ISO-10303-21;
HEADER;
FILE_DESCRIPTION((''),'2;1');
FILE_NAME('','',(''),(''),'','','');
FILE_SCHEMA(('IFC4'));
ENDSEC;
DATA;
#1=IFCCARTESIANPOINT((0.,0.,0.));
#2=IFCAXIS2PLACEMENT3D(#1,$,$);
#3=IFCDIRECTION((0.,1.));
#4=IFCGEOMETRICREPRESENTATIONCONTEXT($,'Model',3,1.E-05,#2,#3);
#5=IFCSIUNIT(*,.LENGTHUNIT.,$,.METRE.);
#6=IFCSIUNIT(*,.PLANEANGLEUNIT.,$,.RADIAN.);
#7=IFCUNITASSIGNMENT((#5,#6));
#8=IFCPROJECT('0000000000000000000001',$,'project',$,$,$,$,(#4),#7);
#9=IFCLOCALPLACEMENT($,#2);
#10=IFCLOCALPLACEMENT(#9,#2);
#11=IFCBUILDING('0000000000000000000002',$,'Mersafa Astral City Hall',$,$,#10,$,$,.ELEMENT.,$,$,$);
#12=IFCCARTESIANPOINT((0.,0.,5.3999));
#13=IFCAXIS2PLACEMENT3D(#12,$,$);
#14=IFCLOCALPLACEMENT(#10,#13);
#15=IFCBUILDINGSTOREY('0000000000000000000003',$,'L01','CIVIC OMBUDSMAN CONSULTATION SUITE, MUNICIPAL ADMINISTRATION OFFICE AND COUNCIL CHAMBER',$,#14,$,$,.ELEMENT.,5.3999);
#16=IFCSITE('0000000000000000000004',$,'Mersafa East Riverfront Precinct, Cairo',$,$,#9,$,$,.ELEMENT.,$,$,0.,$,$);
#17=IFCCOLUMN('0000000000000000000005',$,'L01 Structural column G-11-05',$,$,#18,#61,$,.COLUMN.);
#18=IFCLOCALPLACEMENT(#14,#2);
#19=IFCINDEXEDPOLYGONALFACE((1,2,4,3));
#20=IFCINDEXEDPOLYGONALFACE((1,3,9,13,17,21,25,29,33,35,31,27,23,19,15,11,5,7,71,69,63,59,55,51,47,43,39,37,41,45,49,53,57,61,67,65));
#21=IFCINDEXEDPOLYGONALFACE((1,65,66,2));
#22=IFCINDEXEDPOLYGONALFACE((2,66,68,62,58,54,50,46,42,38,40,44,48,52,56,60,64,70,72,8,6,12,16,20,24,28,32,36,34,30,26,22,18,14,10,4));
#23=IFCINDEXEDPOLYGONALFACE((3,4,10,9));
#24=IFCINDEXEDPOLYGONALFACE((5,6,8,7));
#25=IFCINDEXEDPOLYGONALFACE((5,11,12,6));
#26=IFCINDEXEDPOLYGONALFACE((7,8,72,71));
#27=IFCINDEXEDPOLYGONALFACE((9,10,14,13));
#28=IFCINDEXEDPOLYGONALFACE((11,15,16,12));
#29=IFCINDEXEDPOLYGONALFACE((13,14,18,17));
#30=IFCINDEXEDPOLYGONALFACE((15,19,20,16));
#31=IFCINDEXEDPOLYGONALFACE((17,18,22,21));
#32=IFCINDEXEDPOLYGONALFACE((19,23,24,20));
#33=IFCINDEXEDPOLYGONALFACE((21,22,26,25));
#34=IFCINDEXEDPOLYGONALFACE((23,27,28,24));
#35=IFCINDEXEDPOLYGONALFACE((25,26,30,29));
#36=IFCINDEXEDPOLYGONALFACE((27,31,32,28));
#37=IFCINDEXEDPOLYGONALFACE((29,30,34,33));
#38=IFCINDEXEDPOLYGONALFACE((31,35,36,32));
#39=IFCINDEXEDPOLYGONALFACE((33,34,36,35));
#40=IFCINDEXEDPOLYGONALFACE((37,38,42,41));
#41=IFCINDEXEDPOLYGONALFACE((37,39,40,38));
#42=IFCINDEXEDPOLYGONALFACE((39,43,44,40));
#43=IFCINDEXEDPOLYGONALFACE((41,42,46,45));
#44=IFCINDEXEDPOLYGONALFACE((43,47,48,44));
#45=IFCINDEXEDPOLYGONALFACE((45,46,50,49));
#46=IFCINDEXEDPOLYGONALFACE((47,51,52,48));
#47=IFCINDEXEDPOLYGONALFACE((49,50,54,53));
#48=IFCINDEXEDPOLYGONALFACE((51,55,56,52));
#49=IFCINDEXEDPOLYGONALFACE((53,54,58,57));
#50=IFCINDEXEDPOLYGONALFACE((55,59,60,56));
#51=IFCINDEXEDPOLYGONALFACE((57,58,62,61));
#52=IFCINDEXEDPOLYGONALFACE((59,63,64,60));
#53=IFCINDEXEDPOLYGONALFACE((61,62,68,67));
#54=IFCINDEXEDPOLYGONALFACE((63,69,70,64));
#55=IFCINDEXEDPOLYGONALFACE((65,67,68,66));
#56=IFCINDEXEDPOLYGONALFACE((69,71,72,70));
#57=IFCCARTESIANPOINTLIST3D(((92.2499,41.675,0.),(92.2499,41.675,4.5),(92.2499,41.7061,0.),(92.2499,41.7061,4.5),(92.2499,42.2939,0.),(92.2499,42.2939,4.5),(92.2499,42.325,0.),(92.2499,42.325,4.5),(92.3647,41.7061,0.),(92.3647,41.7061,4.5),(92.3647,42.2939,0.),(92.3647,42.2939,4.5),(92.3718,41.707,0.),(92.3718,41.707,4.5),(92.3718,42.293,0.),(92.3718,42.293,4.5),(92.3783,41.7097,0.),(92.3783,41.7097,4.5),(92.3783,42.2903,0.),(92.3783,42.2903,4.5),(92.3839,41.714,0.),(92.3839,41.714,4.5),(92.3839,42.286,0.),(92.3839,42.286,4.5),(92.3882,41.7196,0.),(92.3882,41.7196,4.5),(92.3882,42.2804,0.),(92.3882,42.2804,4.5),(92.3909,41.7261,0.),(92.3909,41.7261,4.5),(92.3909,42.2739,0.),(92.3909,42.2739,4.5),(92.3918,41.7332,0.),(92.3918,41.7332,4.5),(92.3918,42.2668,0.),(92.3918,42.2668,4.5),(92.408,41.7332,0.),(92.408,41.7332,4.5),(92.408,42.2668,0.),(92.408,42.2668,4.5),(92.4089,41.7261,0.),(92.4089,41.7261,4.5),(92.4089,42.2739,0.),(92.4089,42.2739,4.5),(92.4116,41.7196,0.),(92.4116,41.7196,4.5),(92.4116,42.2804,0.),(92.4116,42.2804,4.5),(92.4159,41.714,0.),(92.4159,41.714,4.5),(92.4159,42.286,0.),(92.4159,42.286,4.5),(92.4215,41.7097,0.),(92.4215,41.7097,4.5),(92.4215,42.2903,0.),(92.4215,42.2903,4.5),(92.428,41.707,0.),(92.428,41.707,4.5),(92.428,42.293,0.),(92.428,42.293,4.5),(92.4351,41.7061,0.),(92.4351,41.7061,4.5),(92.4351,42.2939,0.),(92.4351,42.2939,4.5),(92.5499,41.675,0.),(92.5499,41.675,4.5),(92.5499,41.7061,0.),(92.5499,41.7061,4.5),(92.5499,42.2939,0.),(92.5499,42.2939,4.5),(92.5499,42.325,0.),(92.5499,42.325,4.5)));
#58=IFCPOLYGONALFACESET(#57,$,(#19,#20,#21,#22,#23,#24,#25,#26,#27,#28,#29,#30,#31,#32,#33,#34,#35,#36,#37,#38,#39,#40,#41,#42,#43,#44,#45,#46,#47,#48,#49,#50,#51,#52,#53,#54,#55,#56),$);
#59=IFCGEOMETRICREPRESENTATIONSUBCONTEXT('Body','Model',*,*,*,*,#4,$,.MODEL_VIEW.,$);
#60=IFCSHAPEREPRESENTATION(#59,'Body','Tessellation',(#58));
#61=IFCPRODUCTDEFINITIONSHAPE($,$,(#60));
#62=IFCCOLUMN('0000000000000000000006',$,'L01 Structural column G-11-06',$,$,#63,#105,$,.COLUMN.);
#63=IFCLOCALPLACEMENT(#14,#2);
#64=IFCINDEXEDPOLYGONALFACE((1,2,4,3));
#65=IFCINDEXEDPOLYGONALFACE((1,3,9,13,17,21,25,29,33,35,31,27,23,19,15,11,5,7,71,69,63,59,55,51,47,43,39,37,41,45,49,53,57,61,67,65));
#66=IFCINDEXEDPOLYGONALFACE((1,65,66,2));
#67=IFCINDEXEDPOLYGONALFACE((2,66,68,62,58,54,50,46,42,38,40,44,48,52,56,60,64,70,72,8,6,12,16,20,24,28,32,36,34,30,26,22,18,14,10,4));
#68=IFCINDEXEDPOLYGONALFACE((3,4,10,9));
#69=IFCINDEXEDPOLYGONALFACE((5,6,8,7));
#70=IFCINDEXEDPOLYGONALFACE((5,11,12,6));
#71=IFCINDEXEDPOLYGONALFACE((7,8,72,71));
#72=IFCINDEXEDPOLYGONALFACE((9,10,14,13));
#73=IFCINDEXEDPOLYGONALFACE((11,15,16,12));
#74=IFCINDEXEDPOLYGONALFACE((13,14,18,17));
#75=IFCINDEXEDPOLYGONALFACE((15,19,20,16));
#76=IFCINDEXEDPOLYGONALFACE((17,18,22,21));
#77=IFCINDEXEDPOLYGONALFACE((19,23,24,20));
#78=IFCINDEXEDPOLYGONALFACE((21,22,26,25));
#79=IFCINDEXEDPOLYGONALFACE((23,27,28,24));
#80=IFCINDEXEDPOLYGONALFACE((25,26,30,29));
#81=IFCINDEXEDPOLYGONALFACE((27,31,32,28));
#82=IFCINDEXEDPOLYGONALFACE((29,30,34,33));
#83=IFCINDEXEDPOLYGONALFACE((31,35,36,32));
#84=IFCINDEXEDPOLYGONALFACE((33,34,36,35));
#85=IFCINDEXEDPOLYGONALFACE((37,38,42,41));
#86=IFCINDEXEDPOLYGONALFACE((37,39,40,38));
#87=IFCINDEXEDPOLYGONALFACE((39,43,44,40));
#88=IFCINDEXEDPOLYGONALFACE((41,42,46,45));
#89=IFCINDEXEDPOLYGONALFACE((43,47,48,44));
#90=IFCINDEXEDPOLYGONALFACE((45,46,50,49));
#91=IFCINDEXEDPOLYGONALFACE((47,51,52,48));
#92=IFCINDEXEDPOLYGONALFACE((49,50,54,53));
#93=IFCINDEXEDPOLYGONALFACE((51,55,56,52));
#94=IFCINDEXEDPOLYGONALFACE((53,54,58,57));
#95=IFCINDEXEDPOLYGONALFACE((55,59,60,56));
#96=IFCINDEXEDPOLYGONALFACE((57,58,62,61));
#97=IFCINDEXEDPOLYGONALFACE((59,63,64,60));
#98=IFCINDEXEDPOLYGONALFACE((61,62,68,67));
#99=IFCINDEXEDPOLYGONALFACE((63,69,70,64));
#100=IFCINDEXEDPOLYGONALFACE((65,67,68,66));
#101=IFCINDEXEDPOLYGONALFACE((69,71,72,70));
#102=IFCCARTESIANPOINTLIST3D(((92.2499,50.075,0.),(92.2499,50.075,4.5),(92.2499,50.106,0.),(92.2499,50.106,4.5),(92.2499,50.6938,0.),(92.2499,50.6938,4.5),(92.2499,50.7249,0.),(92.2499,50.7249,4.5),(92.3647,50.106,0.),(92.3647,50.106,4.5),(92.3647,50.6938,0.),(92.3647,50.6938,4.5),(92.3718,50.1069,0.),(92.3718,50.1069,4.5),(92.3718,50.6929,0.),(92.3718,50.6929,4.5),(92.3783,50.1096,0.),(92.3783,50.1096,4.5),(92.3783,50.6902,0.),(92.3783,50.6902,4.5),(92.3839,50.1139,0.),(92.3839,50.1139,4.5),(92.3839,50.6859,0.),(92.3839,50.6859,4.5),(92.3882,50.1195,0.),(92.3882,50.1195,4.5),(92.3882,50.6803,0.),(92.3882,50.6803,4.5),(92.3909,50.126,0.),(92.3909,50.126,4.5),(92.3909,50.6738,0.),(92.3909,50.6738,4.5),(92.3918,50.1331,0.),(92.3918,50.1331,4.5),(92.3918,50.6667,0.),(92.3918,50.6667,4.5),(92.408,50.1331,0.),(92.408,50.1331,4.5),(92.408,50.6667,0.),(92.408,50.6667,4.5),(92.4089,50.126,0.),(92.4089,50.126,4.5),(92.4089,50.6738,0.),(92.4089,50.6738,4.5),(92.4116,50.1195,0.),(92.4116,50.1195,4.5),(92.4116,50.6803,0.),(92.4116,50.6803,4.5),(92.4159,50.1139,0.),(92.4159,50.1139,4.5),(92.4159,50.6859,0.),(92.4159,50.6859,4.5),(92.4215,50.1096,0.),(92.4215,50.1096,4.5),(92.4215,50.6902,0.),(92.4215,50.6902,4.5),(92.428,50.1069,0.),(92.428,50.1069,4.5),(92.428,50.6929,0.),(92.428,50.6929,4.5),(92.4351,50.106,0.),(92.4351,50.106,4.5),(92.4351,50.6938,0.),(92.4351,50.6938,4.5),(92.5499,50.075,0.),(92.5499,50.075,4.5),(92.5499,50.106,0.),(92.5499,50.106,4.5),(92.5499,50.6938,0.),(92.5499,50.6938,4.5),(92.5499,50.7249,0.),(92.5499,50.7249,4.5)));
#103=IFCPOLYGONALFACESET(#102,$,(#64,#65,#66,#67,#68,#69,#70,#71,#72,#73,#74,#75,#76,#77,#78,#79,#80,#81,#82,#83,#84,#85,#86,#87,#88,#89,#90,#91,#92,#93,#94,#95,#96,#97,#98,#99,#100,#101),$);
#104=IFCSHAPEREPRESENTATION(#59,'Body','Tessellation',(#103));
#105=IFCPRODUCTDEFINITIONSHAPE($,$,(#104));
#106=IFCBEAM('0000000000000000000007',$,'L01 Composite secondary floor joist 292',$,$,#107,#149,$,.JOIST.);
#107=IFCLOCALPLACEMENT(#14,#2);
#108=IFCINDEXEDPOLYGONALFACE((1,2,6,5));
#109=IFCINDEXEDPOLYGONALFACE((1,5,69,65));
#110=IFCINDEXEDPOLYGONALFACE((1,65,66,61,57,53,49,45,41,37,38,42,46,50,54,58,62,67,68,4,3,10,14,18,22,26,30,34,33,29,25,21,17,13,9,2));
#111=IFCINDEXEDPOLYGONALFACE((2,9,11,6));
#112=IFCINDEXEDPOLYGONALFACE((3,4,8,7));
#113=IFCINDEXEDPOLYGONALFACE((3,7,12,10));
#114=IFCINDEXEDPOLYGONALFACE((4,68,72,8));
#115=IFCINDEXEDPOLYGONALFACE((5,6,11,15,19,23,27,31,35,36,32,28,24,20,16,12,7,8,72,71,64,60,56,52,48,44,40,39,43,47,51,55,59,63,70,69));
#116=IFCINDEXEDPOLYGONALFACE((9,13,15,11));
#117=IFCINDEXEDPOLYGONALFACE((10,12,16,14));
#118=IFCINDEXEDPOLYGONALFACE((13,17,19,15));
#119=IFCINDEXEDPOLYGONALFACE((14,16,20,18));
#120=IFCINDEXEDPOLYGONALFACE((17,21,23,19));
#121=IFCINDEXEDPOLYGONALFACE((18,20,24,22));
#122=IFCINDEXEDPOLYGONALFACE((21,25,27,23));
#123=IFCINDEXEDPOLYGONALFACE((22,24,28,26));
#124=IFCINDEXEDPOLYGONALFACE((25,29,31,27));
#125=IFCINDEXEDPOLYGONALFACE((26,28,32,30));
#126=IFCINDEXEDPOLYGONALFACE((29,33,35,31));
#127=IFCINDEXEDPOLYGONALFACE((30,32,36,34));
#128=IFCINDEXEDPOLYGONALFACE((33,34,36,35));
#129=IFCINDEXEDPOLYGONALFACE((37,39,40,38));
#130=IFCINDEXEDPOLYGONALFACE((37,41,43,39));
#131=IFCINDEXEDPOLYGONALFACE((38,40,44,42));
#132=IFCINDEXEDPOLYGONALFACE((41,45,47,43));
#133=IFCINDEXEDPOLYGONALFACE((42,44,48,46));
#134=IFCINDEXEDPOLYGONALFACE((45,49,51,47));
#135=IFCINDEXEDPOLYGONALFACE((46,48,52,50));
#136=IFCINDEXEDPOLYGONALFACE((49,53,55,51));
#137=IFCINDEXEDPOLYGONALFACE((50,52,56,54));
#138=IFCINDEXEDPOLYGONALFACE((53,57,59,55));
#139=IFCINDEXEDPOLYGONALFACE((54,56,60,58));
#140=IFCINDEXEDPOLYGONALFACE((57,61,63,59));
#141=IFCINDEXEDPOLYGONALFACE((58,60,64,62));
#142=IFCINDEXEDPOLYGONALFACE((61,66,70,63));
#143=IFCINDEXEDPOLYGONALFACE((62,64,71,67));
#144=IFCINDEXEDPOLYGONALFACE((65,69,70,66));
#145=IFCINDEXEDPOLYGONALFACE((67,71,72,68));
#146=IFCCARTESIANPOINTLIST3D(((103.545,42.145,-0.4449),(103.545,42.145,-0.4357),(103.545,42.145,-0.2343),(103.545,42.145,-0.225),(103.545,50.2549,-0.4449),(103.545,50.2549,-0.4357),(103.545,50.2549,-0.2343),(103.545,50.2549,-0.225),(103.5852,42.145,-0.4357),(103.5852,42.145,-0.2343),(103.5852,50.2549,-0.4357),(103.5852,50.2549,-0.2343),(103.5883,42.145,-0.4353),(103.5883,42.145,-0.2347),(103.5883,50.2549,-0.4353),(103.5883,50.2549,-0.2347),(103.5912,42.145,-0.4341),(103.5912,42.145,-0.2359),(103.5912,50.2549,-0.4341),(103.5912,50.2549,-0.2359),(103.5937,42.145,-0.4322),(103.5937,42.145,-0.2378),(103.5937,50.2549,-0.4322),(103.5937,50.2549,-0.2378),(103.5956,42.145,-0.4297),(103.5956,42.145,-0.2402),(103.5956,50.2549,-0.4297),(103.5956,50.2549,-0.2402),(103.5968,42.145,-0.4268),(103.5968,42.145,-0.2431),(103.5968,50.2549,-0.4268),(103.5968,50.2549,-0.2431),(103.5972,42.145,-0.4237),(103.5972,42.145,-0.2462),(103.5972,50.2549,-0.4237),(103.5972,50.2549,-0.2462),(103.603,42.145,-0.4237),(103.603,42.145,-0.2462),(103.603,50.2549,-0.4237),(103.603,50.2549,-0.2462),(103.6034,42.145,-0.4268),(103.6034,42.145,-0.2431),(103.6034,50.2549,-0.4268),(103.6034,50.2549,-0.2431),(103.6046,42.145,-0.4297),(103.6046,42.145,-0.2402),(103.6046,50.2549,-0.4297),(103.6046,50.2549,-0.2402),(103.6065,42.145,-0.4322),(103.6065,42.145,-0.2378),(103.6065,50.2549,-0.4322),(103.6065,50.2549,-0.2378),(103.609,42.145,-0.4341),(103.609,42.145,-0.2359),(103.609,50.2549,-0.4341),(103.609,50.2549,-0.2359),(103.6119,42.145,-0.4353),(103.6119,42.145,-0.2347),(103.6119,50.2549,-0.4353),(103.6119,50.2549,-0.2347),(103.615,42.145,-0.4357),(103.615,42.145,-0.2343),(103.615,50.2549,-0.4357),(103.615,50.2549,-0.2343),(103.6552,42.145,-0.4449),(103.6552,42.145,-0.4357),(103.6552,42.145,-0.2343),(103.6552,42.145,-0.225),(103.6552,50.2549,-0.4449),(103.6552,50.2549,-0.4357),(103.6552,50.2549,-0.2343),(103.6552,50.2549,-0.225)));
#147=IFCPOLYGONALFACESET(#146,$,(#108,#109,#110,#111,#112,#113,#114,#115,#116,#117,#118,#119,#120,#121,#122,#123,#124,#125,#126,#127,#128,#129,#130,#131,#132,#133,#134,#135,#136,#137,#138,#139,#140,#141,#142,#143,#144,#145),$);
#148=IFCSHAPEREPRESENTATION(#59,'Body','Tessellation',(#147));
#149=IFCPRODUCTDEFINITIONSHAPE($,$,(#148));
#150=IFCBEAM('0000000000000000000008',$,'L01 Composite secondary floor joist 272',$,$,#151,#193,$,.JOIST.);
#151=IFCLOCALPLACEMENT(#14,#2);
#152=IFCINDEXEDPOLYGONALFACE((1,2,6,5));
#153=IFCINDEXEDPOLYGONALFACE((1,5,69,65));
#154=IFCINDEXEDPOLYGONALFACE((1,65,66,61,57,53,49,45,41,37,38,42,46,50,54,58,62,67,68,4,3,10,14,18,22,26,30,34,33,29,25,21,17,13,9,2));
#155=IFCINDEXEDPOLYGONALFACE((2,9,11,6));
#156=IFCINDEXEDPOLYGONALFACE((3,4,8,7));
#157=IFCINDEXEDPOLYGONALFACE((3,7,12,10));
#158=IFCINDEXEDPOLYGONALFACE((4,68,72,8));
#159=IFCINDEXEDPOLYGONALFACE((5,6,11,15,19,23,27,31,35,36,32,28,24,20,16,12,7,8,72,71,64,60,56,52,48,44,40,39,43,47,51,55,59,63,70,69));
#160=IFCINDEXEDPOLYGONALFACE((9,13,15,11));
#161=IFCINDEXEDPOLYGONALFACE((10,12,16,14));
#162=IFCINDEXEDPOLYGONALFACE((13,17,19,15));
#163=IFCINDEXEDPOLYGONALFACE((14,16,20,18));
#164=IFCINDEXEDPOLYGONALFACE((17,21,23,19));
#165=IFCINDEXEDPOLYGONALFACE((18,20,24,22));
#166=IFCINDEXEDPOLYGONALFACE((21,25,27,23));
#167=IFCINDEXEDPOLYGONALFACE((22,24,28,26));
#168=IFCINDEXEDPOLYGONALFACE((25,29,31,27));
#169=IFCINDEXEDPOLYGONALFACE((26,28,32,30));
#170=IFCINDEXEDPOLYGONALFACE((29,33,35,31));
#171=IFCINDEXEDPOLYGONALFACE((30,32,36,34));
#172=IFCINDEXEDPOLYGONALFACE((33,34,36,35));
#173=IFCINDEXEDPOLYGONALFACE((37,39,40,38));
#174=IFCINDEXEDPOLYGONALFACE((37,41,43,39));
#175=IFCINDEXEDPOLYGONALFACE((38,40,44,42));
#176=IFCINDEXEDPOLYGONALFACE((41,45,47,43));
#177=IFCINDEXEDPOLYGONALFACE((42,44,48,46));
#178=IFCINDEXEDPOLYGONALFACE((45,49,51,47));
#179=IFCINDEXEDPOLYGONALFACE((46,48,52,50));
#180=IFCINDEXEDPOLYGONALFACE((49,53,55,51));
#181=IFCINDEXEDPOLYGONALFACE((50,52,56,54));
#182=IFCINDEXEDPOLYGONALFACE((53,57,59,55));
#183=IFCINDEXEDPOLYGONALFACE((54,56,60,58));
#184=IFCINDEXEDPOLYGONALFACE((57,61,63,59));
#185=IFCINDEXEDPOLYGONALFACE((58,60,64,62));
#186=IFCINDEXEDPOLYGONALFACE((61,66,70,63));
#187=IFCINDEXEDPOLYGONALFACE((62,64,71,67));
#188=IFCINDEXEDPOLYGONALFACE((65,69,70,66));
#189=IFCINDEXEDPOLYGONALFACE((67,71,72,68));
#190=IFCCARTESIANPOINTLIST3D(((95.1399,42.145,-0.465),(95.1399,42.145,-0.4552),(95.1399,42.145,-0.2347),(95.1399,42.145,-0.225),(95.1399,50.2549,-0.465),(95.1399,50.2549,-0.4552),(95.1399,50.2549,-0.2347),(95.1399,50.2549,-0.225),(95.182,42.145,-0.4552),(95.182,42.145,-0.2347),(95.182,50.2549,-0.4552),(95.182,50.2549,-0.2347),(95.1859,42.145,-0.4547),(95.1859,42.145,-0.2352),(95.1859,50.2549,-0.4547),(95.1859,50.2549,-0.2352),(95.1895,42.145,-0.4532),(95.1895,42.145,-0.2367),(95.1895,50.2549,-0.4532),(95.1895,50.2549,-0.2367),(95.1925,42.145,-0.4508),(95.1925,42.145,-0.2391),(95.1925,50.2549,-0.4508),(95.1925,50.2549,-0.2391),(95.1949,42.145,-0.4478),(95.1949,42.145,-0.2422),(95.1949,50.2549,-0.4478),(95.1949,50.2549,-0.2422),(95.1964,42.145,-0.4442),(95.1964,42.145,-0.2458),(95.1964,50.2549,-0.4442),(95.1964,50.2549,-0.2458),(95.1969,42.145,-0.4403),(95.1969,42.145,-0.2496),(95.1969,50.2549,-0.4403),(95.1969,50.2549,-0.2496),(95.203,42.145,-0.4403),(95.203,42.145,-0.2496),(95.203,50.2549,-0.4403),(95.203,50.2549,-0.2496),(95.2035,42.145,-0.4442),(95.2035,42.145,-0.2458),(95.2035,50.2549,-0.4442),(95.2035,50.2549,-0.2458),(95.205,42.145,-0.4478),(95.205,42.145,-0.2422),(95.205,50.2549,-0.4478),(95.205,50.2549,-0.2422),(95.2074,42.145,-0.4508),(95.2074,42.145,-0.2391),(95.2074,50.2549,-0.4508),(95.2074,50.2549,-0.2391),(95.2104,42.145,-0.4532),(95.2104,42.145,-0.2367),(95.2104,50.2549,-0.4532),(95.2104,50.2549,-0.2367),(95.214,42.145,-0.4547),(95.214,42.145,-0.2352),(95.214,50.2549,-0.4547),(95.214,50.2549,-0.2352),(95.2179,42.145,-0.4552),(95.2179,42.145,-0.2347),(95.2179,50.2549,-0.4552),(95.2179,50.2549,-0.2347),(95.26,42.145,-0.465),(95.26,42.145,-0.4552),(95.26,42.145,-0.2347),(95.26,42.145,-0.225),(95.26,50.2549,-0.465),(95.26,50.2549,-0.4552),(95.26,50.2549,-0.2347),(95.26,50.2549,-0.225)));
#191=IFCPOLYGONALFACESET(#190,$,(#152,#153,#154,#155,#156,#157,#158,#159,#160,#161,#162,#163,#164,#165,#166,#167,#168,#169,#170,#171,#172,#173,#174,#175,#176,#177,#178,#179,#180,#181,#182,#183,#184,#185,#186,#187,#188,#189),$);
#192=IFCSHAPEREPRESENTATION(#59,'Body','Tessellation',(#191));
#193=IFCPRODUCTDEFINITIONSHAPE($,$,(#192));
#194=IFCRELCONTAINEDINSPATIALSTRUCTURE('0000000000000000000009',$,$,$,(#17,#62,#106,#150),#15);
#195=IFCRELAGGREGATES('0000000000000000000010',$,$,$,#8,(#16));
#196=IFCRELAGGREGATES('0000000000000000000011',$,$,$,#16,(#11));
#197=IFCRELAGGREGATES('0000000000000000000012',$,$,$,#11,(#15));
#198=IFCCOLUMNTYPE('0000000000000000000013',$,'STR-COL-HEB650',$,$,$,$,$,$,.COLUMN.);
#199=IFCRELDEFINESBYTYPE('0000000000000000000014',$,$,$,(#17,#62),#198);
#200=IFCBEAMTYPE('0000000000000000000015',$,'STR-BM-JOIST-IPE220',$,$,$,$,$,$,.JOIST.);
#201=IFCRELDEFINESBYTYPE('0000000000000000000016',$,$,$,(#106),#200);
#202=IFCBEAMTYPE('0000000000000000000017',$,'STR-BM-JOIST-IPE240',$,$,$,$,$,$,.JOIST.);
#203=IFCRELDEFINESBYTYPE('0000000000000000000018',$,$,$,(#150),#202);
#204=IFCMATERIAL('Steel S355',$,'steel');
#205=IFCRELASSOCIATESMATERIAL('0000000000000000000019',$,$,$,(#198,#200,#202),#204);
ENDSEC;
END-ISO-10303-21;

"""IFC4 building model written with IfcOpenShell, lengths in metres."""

from ifc_helpers import new_model, si_unit, direction, frame, origin, origin_2d, place, context, subcontext, project, spatial, i_section, extrude, material, material_profile, profile_set, type_object, element, save


model = new_model("IFC4")

# Units and contexts
model_context = context("Model", 3, precision=1e-05, world=origin(), true_north=direction((0.0, 1.0)))
body_context = subcontext(model_context, "Body", "Model", "MODEL_VIEW")
ifc_project = project(units=[si_unit("LENGTHUNIT", "METRE"), si_unit("PLANEANGLEUNIT", "RADIAN")], contexts=[model_context])

# Site, building, storey
site_placement = place(None, origin())
site = spatial("IfcSite", under=ifc_project, at=site_placement, Name="Mersafa East Riverfront Precinct, Cairo", CompositionType="ELEMENT", RefElevation=0.0)
building_placement = place(site_placement, origin())
building = spatial("IfcBuilding", under=site, at=building_placement, Name="Mersafa Astral City Hall", CompositionType="ELEMENT")
storey_placement = place(building_placement, frame((0.0, 0.0, 5.3999)))
storey = spatial("IfcBuildingStorey", under=building, at=storey_placement, Name="L01", Description="CIVIC OMBUDSMAN CONSULTATION SUITE, MUNICIPAL ADMINISTRATION OFFICE AND COUNCIL CHAMBER", CompositionType="ELEMENT", Elevation=5.3999)

# Columns
ifc_material_1 = material(Name="Steel S355", Category="steel")
ifc_material_profile_1 = material_profile(ifc_material_1, i_section(OverallWidth=0.3, OverallDepth=0.6499, WebThickness=0.0161, FlangeThickness=0.031, FilletRadius=0.0271, at=origin_2d()), Name="HEB 650")
ifc_profile_set_1 = profile_set([ifc_material_profile_1], Name="Steel S355")
column_type = type_object("IfcColumnType", Name="STR-COL-HEB650", PredefinedType="COLUMN", material=ifc_profile_set_1)
for number, where, z_axis, x_axis, name in (
    (1, (92.3999, 42.0, 0.0), (0.0, 0.0, 1.0), (1.0, 0.0, 0.0), "L01 Structural column G-11-05"),
    (2, (92.3999, 50.3999, 0.0), (0.0, 0.0, 1.0), (1.0, 0.0, 0.0), "L01 Structural column G-11-06"),
):
    element("IfcColumn", number, at=place(storey_placement, frame(where, z_axis=z_axis, x_axis=x_axis)), inside=storey, type_object=column_type, Name=name, PredefinedType="COLUMN", context=body_context, shape_type="SweptSolid", body=[
        extrude(i_section(OverallWidth=0.3, OverallDepth=0.6499, WebThickness=0.0161, FlangeThickness=0.031, FilletRadius=0.0271, at=origin_2d()), origin(), (0.0, 0.0, 1.0), 4.5),
    ])

# Beams
ifc_material_profile_2 = material_profile(ifc_material_1, i_section(OverallWidth=0.1101, OverallDepth=0.22, WebThickness=0.0059, FlangeThickness=0.0093, FilletRadius=0.012, at=origin_2d()), Name="IPE 220")
ifc_profile_set_2 = profile_set([ifc_material_profile_2], Name="Steel S355")
beam_type_1 = type_object("IfcBeamType", Name="STR-BM-JOIST-IPE220", PredefinedType="JOIST", material=ifc_profile_set_2)
beam_1_placement = place(storey_placement, frame((103.6001, 42.145, -0.335), z_axis=(0.0, 1.0, 0.0), x_axis=(-1.0, 0.0, 0.0)))
element("IfcBeam", 3, at=beam_1_placement, inside=storey, type_object=beam_type_1, Name="L01 Composite secondary floor joist 292", PredefinedType="JOIST", context=body_context, shape_type="SweptSolid", body=[
    extrude(i_section(OverallWidth=0.1101, OverallDepth=0.22, WebThickness=0.0059, FlangeThickness=0.0093, FilletRadius=0.012, at=origin_2d()), origin(), (0.0, 0.0, 1.0), 8.1099),
])
ifc_material_profile_3 = material_profile(ifc_material_1, i_section(OverallWidth=0.1201, OverallDepth=0.24, WebThickness=0.0061, FlangeThickness=0.0098, FilletRadius=0.0149, at=origin_2d()), Name="IPE 240")
ifc_profile_set_3 = profile_set([ifc_material_profile_3], Name="Steel S355")
beam_type_2 = type_object("IfcBeamType", Name="STR-BM-JOIST-IPE240", PredefinedType="JOIST", material=ifc_profile_set_3)
for number, where, z_axis, x_axis, name in (
    (4, (95.2, 42.145, -0.345), (0.0, 1.0, 0.0), (-1.0, 0.0, 0.0), "L01 Composite secondary floor joist 272"),
):
    element("IfcBeam", number, at=place(storey_placement, frame(where, z_axis=z_axis, x_axis=x_axis)), inside=storey, type_object=beam_type_2, Name=name, PredefinedType="JOIST", context=body_context, shape_type="SweptSolid", body=[
        extrude(i_section(OverallWidth=0.1201, OverallDepth=0.24, WebThickness=0.0061, FlangeThickness=0.0098, FilletRadius=0.0149, at=origin_2d()), origin(), (0.0, 0.0, 1.0), 8.1099),
    ])

save(model, "model.ifc")
